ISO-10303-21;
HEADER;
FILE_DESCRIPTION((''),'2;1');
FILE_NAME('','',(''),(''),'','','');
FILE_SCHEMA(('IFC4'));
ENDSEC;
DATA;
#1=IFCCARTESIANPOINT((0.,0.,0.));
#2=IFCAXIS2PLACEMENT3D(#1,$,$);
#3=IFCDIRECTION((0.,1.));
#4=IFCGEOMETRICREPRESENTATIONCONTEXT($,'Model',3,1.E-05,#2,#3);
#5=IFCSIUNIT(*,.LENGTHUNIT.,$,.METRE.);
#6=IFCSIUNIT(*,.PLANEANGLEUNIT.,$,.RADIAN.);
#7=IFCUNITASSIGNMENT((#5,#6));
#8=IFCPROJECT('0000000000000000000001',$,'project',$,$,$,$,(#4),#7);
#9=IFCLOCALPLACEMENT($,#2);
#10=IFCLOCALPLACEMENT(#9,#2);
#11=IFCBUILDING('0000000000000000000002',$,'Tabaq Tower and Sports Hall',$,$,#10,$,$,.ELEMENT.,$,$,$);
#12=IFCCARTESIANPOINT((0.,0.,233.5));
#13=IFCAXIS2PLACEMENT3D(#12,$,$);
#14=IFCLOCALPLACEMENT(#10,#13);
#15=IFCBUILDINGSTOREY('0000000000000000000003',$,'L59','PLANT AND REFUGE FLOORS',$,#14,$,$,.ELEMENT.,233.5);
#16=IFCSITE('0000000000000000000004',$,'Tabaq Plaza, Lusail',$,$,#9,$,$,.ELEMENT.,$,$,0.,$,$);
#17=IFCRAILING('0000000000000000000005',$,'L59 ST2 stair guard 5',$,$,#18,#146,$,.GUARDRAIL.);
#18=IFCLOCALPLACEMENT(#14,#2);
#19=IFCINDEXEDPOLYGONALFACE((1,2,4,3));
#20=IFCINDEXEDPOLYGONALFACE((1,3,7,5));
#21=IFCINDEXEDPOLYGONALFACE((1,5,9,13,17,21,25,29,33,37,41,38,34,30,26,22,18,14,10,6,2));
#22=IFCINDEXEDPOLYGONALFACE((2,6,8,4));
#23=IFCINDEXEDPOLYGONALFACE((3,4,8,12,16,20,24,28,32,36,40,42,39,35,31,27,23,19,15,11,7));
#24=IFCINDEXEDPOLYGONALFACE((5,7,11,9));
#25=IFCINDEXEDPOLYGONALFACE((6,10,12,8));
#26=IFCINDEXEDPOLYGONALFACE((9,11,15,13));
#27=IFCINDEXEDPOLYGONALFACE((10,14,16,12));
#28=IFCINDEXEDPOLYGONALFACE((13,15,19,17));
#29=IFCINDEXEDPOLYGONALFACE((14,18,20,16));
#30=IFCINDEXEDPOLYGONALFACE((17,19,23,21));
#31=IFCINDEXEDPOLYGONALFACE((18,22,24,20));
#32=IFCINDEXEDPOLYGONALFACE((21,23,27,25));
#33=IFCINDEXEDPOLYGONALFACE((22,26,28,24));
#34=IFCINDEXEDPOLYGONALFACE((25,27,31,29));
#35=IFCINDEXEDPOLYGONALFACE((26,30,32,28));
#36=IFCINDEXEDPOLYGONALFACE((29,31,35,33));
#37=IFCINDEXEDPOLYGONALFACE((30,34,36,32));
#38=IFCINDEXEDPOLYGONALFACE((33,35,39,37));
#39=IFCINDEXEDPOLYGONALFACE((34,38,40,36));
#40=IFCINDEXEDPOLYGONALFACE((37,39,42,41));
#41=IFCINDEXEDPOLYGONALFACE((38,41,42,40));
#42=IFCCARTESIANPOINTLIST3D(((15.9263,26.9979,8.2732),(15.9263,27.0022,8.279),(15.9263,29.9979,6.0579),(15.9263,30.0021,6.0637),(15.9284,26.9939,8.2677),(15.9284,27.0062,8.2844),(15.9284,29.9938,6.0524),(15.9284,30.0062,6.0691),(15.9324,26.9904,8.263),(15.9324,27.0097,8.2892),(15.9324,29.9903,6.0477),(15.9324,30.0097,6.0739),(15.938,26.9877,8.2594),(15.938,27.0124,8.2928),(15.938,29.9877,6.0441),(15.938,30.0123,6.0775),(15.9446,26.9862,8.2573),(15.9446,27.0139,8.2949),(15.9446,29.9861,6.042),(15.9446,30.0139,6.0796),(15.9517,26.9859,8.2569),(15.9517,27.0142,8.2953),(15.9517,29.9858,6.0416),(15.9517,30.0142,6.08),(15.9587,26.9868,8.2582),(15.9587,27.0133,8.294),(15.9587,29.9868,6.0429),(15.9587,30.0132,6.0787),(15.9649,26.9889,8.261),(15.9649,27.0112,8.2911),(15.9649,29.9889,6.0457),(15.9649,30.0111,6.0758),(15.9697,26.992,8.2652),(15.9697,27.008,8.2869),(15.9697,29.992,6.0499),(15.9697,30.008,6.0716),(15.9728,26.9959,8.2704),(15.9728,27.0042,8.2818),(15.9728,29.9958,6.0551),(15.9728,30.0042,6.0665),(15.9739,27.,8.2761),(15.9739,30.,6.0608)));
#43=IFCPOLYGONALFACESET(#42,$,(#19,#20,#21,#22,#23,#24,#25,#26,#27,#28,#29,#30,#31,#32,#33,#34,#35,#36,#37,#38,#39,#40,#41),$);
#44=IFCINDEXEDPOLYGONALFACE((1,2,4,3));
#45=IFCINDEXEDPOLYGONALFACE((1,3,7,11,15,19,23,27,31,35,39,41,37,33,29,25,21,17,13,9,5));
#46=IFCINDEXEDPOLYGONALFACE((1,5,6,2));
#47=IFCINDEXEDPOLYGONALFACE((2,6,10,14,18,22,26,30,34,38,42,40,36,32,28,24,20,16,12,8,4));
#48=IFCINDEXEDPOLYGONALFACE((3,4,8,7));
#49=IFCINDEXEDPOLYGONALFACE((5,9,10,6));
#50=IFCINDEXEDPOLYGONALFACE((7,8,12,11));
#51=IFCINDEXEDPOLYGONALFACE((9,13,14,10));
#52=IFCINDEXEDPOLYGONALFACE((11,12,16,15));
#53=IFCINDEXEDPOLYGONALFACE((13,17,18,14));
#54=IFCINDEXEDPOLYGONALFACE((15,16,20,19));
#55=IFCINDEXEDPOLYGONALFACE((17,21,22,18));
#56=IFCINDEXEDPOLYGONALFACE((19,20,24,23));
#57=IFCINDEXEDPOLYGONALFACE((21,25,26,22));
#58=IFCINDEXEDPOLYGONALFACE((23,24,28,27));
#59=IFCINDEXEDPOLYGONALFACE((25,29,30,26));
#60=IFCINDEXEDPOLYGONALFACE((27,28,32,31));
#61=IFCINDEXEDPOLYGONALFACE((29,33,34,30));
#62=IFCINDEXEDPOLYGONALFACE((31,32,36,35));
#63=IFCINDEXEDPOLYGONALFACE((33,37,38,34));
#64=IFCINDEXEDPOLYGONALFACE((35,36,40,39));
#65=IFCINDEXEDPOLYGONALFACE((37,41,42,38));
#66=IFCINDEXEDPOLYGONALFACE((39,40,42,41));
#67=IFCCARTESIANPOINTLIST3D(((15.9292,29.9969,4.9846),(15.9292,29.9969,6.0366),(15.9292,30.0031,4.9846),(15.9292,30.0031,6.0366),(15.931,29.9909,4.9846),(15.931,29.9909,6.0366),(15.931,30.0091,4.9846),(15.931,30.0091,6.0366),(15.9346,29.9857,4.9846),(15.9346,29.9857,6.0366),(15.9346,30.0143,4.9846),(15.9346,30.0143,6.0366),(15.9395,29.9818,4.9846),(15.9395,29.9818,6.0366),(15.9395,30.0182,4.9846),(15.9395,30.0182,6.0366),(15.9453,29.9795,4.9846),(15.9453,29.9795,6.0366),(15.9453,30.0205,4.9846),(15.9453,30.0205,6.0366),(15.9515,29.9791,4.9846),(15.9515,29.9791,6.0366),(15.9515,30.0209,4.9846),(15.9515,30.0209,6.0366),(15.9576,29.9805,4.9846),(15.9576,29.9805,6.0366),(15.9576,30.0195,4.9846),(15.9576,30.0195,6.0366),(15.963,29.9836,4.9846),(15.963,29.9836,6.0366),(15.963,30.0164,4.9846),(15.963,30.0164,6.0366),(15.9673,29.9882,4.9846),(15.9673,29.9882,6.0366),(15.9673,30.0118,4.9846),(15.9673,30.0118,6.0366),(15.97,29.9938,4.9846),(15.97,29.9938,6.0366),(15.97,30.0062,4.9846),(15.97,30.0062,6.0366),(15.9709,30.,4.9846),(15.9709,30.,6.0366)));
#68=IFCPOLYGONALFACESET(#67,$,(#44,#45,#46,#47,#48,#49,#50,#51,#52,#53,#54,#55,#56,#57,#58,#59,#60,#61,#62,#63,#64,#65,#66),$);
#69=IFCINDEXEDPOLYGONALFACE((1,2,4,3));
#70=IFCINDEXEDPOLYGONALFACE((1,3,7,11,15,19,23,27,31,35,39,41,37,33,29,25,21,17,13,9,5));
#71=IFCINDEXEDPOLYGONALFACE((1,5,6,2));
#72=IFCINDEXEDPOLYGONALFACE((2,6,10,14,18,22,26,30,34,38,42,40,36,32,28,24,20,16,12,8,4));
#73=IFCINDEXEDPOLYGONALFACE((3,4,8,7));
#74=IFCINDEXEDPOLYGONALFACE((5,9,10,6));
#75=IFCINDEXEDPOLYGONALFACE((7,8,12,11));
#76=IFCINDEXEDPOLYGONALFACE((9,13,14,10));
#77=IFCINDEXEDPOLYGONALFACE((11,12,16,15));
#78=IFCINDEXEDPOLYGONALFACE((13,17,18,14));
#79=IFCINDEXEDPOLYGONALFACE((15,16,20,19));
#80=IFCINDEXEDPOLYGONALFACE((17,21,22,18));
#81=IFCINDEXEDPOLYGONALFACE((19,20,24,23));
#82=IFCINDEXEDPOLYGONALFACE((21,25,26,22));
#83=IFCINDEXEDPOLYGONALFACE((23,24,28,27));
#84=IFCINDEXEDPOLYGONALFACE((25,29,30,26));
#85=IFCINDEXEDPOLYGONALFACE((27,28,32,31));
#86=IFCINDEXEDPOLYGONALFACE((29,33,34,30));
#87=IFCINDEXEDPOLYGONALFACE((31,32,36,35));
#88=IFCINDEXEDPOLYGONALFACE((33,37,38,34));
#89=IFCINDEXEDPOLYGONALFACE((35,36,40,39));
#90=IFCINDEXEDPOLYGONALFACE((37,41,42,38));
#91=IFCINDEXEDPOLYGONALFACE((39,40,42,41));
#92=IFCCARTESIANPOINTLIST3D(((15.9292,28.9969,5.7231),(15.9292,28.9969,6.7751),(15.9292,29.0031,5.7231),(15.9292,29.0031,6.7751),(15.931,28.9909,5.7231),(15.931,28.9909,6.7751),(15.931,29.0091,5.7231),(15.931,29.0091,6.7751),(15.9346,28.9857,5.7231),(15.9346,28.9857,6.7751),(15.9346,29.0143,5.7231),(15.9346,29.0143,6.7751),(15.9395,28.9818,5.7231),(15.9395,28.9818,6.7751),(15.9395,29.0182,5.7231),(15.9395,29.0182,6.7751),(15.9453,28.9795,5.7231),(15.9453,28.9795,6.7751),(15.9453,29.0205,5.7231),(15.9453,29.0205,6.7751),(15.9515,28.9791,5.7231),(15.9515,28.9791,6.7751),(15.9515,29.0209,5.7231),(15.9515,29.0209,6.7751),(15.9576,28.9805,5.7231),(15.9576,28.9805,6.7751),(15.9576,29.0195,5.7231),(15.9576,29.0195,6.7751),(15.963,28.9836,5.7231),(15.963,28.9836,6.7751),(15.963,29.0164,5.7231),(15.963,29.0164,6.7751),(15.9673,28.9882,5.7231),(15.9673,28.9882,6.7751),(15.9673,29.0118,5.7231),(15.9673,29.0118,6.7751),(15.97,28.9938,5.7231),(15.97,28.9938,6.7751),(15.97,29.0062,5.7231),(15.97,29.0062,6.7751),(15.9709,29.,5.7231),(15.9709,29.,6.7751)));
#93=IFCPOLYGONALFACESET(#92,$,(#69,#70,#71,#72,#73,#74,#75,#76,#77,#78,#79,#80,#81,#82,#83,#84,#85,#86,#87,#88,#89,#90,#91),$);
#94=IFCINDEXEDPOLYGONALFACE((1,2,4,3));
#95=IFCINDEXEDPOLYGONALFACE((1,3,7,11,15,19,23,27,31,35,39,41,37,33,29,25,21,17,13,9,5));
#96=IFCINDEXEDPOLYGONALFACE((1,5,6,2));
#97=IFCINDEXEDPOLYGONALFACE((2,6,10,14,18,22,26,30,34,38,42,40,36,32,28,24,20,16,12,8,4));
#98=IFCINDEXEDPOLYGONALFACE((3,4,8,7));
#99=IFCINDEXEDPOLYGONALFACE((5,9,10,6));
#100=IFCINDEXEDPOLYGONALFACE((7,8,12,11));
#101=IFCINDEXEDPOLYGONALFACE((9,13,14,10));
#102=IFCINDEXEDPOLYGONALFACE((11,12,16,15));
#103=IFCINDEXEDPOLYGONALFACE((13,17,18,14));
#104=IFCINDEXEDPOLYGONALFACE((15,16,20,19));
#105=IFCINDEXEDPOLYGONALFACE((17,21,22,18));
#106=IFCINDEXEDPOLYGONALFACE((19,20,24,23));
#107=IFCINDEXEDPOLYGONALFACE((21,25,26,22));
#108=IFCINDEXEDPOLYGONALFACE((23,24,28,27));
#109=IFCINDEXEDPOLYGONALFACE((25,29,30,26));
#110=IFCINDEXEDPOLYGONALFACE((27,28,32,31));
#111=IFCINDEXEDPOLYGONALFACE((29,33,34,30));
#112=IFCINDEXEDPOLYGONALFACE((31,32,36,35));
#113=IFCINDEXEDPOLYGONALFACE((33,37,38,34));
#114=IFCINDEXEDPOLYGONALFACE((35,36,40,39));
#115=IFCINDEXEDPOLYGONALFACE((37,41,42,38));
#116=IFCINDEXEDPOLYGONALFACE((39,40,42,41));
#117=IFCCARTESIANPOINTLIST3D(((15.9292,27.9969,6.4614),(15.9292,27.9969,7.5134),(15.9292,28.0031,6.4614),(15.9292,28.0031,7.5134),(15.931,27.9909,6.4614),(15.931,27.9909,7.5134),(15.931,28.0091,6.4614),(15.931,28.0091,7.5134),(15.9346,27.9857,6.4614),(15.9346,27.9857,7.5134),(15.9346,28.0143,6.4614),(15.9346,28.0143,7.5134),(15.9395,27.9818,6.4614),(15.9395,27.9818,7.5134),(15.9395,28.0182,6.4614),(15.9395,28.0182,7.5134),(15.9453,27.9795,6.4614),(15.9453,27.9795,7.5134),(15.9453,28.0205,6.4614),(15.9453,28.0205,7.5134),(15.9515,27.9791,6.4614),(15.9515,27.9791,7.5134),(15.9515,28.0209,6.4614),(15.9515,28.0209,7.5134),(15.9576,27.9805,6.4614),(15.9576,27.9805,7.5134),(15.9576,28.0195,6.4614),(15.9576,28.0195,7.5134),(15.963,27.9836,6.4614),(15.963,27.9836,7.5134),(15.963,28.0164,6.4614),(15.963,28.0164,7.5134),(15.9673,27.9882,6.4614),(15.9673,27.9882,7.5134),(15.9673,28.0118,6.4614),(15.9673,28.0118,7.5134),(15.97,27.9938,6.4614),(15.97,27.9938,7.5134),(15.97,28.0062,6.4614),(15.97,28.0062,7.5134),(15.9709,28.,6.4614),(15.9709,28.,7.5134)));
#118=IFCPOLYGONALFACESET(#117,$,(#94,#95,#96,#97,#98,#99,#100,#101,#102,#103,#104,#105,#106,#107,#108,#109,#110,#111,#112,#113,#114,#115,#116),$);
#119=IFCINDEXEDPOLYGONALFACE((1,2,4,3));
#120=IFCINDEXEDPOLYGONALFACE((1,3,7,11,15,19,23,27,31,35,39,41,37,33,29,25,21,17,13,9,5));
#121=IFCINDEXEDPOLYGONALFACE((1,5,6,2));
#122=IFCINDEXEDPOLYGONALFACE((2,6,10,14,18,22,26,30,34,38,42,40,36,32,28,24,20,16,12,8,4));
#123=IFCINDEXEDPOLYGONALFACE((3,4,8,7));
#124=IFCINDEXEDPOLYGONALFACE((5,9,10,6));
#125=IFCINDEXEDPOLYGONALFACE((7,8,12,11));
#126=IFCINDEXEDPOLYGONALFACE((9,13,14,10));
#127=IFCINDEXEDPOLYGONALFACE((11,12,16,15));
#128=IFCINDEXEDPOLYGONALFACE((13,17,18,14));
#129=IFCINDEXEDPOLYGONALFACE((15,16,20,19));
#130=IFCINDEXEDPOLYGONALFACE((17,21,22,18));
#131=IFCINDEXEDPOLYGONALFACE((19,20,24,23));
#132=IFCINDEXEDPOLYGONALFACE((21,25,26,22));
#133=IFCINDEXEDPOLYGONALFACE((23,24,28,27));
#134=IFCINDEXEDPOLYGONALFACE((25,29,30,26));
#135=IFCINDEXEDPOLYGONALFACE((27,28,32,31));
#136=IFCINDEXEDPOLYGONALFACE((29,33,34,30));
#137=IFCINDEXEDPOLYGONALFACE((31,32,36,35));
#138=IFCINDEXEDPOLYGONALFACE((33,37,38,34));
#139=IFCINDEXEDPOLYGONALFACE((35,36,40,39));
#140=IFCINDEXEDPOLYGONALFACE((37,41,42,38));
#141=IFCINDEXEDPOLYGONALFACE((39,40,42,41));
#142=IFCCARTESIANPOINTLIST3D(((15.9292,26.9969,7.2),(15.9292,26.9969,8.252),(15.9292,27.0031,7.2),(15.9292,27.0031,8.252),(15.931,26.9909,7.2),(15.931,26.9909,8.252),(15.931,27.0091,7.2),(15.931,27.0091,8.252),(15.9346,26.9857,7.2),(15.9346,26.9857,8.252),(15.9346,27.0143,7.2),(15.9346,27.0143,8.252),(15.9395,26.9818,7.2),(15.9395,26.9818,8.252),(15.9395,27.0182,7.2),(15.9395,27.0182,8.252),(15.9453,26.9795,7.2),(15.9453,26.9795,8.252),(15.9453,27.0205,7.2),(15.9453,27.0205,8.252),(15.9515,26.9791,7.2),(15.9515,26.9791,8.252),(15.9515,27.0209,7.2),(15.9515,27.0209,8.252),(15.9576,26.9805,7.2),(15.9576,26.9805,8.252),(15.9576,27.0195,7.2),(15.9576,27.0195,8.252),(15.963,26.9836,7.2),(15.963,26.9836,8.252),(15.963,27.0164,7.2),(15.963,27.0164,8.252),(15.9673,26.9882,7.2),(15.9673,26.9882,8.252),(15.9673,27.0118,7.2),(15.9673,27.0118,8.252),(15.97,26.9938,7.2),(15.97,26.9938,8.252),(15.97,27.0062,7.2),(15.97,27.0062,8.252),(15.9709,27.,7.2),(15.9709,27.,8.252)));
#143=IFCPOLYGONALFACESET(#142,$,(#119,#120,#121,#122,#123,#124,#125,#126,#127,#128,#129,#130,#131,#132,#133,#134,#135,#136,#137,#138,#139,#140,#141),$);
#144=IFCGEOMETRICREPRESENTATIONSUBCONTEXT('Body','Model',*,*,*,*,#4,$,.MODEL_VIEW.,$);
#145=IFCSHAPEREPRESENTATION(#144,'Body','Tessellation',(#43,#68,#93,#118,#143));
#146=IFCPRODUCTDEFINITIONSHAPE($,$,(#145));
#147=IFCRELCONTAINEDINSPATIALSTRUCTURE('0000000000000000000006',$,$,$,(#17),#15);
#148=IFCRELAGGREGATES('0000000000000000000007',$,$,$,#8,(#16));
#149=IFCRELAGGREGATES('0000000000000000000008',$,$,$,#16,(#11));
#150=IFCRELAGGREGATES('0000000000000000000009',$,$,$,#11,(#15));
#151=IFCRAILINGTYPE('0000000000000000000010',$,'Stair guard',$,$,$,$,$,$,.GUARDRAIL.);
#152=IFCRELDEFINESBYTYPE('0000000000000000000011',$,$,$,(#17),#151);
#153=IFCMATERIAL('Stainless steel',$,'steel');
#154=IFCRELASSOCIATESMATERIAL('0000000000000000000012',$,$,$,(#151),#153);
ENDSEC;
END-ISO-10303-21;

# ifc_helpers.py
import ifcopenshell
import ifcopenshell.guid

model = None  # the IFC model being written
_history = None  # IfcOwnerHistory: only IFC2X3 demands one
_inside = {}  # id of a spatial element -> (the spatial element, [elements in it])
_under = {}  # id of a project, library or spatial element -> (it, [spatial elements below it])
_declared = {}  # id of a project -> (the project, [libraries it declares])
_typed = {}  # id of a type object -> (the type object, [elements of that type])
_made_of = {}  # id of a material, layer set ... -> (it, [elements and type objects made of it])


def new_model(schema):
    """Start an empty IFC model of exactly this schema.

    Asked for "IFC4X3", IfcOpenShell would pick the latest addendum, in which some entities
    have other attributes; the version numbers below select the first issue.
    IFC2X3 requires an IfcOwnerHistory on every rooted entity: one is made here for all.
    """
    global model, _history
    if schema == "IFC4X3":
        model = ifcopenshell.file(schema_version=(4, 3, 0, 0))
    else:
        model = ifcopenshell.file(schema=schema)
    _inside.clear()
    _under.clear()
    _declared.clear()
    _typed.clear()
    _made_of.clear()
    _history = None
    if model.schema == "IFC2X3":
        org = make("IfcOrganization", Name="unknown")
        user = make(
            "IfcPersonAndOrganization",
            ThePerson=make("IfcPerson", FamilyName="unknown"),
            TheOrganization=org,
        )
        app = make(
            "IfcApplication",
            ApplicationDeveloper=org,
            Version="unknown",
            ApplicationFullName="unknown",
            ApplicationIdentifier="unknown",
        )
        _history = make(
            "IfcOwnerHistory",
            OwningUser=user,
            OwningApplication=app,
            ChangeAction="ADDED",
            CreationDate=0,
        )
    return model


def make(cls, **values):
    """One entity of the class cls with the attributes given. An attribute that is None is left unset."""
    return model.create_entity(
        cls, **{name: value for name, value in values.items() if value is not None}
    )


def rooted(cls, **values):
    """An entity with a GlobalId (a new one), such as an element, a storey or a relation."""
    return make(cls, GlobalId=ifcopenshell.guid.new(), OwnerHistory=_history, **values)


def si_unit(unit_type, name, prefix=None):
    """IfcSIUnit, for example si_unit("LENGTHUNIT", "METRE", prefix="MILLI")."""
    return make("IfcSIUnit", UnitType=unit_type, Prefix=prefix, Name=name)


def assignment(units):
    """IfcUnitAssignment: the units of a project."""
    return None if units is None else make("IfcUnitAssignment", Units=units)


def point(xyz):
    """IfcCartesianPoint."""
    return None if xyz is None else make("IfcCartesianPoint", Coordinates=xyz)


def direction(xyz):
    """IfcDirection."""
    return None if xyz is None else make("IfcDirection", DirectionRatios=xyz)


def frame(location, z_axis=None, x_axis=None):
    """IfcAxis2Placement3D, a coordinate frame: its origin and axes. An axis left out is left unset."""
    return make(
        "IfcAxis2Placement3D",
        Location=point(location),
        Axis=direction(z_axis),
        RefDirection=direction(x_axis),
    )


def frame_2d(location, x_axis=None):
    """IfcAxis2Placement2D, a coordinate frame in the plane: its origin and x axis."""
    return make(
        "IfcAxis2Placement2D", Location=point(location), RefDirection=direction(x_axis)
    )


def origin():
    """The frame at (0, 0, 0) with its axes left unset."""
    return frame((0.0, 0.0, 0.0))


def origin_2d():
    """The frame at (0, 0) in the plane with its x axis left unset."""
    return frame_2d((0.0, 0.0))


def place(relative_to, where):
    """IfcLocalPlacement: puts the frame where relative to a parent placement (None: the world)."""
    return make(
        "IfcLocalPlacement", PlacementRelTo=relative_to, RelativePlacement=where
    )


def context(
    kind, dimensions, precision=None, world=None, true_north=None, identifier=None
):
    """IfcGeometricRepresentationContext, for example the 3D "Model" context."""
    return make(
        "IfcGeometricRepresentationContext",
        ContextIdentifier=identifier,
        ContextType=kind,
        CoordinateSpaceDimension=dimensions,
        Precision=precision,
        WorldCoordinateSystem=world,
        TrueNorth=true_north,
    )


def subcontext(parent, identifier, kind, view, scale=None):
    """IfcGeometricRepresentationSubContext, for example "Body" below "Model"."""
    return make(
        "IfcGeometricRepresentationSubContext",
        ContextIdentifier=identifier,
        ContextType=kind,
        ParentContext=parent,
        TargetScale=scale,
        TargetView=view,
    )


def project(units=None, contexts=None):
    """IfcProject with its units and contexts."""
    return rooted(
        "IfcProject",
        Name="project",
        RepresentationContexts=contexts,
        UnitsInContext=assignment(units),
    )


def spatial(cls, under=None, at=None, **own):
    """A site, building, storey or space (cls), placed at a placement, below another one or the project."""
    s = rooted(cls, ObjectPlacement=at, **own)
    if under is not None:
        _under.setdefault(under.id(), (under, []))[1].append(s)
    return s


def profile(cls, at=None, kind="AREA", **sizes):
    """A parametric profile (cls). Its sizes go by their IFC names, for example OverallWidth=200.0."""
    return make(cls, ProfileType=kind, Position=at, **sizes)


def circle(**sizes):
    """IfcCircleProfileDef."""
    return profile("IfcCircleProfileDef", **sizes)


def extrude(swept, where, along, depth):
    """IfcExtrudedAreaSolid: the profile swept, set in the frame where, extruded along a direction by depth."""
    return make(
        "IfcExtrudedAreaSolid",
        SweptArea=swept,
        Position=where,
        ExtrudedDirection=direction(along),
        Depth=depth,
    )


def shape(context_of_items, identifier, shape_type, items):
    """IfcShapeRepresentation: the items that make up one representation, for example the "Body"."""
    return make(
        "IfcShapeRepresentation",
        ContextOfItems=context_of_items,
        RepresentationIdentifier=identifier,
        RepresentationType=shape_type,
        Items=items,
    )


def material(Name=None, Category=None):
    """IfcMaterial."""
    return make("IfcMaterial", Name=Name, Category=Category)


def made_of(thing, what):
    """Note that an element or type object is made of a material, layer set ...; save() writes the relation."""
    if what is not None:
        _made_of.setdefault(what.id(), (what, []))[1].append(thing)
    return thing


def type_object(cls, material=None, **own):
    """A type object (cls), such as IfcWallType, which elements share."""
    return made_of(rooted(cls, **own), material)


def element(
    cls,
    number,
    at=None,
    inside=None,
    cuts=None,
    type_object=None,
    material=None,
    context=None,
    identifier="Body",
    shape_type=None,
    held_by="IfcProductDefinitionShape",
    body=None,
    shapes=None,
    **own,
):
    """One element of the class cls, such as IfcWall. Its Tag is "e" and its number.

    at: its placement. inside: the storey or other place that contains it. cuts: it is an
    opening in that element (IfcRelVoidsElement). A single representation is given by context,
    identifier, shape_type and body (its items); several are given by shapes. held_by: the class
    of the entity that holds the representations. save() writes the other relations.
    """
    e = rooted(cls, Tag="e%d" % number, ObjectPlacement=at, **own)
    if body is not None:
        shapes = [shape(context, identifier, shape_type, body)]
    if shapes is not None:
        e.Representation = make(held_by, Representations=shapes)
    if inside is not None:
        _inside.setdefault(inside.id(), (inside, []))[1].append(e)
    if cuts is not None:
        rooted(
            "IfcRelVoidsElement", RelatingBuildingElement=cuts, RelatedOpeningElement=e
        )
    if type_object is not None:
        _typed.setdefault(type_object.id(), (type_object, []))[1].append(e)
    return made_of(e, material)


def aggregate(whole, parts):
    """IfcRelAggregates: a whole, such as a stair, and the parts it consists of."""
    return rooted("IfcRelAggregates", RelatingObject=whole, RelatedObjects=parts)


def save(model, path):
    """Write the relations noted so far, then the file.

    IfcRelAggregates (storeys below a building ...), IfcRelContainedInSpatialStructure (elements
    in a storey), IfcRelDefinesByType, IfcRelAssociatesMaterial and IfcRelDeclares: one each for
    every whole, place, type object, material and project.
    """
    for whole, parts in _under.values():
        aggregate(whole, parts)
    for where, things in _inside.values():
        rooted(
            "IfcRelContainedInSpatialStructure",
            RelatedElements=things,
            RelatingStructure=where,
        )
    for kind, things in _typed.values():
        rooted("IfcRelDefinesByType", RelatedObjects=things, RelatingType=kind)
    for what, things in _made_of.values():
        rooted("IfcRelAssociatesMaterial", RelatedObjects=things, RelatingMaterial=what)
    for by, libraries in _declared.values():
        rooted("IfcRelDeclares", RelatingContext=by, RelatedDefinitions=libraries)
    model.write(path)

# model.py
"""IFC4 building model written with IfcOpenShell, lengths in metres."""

from ifc_helpers import new_model, si_unit, direction, frame, origin, origin_2d, place, context, subcontext, project, spatial, circle, extrude, material, type_object, element, save


model = new_model("IFC4")

# Units and contexts
model_context = context("Model", 3, precision=1e-05, world=origin(), true_north=direction((0.0, 1.0)))
body_context = subcontext(model_context, "Body", "Model", "MODEL_VIEW")
ifc_project = project(units=[si_unit("LENGTHUNIT", "METRE"), si_unit("PLANEANGLEUNIT", "RADIAN")], contexts=[model_context])

# Site, building, storey
site_placement = place(None, origin())
site = spatial("IfcSite", under=ifc_project, at=site_placement, Name="Tabaq Plaza, Lusail", CompositionType="ELEMENT", RefElevation=0.0)
building_placement = place(site_placement, origin())
building = spatial("IfcBuilding", under=site, at=building_placement, Name="Tabaq Tower and Sports Hall", CompositionType="ELEMENT")
storey_placement = place(building_placement, frame((0.0, 0.0, 233.5)))
storey = spatial("IfcBuildingStorey", under=building, at=storey_placement, Name="L59", Description="PLANT AND REFUGE FLOORS", CompositionType="ELEMENT", Elevation=233.5)

# Railing
ifc_material_1 = material(Name="Stainless steel", Category="steel")
railing_type_1 = type_object("IfcRailingType", Name="Stair guard", PredefinedType="GUARDRAIL", material=ifc_material_1)
railing_1_placement = place(storey_placement, frame((15.95, 30.0, 4.9846)))
element("IfcRailing", 1, at=railing_1_placement, inside=storey, type_object=railing_type_1, Name="L59 ST2 stair guard 5", PredefinedType="GUARDRAIL", context=body_context, shape_type="SweptSolid", body=[
    extrude(circle(Radius=0.0239, at=origin_2d()), frame((0.0, 0.0, 1.0762), z_axis=(0.0, -0.80444, 0.594034), x_axis=(1.0, 0.0, 0.0)), (0.0, 0.0, 1.0), 3.7292),
    extrude(circle(Radius=0.021, at=origin_2d()), origin(), (0.0, 0.0, 1.0), 1.052),
    extrude(circle(Radius=0.021, at=origin_2d()), frame((0.0, -1.0, 0.7385)), (0.0, 0.0, 1.0), 1.052),
    extrude(circle(Radius=0.021, at=origin_2d()), frame((0.0, -2.0, 1.4768)), (0.0, 0.0, 1.0), 1.052),
    extrude(circle(Radius=0.021, at=origin_2d()), frame((0.0, -3.0, 2.2153)), (0.0, 0.0, 1.0), 1.052),
])

save(model, "model.ifc")
